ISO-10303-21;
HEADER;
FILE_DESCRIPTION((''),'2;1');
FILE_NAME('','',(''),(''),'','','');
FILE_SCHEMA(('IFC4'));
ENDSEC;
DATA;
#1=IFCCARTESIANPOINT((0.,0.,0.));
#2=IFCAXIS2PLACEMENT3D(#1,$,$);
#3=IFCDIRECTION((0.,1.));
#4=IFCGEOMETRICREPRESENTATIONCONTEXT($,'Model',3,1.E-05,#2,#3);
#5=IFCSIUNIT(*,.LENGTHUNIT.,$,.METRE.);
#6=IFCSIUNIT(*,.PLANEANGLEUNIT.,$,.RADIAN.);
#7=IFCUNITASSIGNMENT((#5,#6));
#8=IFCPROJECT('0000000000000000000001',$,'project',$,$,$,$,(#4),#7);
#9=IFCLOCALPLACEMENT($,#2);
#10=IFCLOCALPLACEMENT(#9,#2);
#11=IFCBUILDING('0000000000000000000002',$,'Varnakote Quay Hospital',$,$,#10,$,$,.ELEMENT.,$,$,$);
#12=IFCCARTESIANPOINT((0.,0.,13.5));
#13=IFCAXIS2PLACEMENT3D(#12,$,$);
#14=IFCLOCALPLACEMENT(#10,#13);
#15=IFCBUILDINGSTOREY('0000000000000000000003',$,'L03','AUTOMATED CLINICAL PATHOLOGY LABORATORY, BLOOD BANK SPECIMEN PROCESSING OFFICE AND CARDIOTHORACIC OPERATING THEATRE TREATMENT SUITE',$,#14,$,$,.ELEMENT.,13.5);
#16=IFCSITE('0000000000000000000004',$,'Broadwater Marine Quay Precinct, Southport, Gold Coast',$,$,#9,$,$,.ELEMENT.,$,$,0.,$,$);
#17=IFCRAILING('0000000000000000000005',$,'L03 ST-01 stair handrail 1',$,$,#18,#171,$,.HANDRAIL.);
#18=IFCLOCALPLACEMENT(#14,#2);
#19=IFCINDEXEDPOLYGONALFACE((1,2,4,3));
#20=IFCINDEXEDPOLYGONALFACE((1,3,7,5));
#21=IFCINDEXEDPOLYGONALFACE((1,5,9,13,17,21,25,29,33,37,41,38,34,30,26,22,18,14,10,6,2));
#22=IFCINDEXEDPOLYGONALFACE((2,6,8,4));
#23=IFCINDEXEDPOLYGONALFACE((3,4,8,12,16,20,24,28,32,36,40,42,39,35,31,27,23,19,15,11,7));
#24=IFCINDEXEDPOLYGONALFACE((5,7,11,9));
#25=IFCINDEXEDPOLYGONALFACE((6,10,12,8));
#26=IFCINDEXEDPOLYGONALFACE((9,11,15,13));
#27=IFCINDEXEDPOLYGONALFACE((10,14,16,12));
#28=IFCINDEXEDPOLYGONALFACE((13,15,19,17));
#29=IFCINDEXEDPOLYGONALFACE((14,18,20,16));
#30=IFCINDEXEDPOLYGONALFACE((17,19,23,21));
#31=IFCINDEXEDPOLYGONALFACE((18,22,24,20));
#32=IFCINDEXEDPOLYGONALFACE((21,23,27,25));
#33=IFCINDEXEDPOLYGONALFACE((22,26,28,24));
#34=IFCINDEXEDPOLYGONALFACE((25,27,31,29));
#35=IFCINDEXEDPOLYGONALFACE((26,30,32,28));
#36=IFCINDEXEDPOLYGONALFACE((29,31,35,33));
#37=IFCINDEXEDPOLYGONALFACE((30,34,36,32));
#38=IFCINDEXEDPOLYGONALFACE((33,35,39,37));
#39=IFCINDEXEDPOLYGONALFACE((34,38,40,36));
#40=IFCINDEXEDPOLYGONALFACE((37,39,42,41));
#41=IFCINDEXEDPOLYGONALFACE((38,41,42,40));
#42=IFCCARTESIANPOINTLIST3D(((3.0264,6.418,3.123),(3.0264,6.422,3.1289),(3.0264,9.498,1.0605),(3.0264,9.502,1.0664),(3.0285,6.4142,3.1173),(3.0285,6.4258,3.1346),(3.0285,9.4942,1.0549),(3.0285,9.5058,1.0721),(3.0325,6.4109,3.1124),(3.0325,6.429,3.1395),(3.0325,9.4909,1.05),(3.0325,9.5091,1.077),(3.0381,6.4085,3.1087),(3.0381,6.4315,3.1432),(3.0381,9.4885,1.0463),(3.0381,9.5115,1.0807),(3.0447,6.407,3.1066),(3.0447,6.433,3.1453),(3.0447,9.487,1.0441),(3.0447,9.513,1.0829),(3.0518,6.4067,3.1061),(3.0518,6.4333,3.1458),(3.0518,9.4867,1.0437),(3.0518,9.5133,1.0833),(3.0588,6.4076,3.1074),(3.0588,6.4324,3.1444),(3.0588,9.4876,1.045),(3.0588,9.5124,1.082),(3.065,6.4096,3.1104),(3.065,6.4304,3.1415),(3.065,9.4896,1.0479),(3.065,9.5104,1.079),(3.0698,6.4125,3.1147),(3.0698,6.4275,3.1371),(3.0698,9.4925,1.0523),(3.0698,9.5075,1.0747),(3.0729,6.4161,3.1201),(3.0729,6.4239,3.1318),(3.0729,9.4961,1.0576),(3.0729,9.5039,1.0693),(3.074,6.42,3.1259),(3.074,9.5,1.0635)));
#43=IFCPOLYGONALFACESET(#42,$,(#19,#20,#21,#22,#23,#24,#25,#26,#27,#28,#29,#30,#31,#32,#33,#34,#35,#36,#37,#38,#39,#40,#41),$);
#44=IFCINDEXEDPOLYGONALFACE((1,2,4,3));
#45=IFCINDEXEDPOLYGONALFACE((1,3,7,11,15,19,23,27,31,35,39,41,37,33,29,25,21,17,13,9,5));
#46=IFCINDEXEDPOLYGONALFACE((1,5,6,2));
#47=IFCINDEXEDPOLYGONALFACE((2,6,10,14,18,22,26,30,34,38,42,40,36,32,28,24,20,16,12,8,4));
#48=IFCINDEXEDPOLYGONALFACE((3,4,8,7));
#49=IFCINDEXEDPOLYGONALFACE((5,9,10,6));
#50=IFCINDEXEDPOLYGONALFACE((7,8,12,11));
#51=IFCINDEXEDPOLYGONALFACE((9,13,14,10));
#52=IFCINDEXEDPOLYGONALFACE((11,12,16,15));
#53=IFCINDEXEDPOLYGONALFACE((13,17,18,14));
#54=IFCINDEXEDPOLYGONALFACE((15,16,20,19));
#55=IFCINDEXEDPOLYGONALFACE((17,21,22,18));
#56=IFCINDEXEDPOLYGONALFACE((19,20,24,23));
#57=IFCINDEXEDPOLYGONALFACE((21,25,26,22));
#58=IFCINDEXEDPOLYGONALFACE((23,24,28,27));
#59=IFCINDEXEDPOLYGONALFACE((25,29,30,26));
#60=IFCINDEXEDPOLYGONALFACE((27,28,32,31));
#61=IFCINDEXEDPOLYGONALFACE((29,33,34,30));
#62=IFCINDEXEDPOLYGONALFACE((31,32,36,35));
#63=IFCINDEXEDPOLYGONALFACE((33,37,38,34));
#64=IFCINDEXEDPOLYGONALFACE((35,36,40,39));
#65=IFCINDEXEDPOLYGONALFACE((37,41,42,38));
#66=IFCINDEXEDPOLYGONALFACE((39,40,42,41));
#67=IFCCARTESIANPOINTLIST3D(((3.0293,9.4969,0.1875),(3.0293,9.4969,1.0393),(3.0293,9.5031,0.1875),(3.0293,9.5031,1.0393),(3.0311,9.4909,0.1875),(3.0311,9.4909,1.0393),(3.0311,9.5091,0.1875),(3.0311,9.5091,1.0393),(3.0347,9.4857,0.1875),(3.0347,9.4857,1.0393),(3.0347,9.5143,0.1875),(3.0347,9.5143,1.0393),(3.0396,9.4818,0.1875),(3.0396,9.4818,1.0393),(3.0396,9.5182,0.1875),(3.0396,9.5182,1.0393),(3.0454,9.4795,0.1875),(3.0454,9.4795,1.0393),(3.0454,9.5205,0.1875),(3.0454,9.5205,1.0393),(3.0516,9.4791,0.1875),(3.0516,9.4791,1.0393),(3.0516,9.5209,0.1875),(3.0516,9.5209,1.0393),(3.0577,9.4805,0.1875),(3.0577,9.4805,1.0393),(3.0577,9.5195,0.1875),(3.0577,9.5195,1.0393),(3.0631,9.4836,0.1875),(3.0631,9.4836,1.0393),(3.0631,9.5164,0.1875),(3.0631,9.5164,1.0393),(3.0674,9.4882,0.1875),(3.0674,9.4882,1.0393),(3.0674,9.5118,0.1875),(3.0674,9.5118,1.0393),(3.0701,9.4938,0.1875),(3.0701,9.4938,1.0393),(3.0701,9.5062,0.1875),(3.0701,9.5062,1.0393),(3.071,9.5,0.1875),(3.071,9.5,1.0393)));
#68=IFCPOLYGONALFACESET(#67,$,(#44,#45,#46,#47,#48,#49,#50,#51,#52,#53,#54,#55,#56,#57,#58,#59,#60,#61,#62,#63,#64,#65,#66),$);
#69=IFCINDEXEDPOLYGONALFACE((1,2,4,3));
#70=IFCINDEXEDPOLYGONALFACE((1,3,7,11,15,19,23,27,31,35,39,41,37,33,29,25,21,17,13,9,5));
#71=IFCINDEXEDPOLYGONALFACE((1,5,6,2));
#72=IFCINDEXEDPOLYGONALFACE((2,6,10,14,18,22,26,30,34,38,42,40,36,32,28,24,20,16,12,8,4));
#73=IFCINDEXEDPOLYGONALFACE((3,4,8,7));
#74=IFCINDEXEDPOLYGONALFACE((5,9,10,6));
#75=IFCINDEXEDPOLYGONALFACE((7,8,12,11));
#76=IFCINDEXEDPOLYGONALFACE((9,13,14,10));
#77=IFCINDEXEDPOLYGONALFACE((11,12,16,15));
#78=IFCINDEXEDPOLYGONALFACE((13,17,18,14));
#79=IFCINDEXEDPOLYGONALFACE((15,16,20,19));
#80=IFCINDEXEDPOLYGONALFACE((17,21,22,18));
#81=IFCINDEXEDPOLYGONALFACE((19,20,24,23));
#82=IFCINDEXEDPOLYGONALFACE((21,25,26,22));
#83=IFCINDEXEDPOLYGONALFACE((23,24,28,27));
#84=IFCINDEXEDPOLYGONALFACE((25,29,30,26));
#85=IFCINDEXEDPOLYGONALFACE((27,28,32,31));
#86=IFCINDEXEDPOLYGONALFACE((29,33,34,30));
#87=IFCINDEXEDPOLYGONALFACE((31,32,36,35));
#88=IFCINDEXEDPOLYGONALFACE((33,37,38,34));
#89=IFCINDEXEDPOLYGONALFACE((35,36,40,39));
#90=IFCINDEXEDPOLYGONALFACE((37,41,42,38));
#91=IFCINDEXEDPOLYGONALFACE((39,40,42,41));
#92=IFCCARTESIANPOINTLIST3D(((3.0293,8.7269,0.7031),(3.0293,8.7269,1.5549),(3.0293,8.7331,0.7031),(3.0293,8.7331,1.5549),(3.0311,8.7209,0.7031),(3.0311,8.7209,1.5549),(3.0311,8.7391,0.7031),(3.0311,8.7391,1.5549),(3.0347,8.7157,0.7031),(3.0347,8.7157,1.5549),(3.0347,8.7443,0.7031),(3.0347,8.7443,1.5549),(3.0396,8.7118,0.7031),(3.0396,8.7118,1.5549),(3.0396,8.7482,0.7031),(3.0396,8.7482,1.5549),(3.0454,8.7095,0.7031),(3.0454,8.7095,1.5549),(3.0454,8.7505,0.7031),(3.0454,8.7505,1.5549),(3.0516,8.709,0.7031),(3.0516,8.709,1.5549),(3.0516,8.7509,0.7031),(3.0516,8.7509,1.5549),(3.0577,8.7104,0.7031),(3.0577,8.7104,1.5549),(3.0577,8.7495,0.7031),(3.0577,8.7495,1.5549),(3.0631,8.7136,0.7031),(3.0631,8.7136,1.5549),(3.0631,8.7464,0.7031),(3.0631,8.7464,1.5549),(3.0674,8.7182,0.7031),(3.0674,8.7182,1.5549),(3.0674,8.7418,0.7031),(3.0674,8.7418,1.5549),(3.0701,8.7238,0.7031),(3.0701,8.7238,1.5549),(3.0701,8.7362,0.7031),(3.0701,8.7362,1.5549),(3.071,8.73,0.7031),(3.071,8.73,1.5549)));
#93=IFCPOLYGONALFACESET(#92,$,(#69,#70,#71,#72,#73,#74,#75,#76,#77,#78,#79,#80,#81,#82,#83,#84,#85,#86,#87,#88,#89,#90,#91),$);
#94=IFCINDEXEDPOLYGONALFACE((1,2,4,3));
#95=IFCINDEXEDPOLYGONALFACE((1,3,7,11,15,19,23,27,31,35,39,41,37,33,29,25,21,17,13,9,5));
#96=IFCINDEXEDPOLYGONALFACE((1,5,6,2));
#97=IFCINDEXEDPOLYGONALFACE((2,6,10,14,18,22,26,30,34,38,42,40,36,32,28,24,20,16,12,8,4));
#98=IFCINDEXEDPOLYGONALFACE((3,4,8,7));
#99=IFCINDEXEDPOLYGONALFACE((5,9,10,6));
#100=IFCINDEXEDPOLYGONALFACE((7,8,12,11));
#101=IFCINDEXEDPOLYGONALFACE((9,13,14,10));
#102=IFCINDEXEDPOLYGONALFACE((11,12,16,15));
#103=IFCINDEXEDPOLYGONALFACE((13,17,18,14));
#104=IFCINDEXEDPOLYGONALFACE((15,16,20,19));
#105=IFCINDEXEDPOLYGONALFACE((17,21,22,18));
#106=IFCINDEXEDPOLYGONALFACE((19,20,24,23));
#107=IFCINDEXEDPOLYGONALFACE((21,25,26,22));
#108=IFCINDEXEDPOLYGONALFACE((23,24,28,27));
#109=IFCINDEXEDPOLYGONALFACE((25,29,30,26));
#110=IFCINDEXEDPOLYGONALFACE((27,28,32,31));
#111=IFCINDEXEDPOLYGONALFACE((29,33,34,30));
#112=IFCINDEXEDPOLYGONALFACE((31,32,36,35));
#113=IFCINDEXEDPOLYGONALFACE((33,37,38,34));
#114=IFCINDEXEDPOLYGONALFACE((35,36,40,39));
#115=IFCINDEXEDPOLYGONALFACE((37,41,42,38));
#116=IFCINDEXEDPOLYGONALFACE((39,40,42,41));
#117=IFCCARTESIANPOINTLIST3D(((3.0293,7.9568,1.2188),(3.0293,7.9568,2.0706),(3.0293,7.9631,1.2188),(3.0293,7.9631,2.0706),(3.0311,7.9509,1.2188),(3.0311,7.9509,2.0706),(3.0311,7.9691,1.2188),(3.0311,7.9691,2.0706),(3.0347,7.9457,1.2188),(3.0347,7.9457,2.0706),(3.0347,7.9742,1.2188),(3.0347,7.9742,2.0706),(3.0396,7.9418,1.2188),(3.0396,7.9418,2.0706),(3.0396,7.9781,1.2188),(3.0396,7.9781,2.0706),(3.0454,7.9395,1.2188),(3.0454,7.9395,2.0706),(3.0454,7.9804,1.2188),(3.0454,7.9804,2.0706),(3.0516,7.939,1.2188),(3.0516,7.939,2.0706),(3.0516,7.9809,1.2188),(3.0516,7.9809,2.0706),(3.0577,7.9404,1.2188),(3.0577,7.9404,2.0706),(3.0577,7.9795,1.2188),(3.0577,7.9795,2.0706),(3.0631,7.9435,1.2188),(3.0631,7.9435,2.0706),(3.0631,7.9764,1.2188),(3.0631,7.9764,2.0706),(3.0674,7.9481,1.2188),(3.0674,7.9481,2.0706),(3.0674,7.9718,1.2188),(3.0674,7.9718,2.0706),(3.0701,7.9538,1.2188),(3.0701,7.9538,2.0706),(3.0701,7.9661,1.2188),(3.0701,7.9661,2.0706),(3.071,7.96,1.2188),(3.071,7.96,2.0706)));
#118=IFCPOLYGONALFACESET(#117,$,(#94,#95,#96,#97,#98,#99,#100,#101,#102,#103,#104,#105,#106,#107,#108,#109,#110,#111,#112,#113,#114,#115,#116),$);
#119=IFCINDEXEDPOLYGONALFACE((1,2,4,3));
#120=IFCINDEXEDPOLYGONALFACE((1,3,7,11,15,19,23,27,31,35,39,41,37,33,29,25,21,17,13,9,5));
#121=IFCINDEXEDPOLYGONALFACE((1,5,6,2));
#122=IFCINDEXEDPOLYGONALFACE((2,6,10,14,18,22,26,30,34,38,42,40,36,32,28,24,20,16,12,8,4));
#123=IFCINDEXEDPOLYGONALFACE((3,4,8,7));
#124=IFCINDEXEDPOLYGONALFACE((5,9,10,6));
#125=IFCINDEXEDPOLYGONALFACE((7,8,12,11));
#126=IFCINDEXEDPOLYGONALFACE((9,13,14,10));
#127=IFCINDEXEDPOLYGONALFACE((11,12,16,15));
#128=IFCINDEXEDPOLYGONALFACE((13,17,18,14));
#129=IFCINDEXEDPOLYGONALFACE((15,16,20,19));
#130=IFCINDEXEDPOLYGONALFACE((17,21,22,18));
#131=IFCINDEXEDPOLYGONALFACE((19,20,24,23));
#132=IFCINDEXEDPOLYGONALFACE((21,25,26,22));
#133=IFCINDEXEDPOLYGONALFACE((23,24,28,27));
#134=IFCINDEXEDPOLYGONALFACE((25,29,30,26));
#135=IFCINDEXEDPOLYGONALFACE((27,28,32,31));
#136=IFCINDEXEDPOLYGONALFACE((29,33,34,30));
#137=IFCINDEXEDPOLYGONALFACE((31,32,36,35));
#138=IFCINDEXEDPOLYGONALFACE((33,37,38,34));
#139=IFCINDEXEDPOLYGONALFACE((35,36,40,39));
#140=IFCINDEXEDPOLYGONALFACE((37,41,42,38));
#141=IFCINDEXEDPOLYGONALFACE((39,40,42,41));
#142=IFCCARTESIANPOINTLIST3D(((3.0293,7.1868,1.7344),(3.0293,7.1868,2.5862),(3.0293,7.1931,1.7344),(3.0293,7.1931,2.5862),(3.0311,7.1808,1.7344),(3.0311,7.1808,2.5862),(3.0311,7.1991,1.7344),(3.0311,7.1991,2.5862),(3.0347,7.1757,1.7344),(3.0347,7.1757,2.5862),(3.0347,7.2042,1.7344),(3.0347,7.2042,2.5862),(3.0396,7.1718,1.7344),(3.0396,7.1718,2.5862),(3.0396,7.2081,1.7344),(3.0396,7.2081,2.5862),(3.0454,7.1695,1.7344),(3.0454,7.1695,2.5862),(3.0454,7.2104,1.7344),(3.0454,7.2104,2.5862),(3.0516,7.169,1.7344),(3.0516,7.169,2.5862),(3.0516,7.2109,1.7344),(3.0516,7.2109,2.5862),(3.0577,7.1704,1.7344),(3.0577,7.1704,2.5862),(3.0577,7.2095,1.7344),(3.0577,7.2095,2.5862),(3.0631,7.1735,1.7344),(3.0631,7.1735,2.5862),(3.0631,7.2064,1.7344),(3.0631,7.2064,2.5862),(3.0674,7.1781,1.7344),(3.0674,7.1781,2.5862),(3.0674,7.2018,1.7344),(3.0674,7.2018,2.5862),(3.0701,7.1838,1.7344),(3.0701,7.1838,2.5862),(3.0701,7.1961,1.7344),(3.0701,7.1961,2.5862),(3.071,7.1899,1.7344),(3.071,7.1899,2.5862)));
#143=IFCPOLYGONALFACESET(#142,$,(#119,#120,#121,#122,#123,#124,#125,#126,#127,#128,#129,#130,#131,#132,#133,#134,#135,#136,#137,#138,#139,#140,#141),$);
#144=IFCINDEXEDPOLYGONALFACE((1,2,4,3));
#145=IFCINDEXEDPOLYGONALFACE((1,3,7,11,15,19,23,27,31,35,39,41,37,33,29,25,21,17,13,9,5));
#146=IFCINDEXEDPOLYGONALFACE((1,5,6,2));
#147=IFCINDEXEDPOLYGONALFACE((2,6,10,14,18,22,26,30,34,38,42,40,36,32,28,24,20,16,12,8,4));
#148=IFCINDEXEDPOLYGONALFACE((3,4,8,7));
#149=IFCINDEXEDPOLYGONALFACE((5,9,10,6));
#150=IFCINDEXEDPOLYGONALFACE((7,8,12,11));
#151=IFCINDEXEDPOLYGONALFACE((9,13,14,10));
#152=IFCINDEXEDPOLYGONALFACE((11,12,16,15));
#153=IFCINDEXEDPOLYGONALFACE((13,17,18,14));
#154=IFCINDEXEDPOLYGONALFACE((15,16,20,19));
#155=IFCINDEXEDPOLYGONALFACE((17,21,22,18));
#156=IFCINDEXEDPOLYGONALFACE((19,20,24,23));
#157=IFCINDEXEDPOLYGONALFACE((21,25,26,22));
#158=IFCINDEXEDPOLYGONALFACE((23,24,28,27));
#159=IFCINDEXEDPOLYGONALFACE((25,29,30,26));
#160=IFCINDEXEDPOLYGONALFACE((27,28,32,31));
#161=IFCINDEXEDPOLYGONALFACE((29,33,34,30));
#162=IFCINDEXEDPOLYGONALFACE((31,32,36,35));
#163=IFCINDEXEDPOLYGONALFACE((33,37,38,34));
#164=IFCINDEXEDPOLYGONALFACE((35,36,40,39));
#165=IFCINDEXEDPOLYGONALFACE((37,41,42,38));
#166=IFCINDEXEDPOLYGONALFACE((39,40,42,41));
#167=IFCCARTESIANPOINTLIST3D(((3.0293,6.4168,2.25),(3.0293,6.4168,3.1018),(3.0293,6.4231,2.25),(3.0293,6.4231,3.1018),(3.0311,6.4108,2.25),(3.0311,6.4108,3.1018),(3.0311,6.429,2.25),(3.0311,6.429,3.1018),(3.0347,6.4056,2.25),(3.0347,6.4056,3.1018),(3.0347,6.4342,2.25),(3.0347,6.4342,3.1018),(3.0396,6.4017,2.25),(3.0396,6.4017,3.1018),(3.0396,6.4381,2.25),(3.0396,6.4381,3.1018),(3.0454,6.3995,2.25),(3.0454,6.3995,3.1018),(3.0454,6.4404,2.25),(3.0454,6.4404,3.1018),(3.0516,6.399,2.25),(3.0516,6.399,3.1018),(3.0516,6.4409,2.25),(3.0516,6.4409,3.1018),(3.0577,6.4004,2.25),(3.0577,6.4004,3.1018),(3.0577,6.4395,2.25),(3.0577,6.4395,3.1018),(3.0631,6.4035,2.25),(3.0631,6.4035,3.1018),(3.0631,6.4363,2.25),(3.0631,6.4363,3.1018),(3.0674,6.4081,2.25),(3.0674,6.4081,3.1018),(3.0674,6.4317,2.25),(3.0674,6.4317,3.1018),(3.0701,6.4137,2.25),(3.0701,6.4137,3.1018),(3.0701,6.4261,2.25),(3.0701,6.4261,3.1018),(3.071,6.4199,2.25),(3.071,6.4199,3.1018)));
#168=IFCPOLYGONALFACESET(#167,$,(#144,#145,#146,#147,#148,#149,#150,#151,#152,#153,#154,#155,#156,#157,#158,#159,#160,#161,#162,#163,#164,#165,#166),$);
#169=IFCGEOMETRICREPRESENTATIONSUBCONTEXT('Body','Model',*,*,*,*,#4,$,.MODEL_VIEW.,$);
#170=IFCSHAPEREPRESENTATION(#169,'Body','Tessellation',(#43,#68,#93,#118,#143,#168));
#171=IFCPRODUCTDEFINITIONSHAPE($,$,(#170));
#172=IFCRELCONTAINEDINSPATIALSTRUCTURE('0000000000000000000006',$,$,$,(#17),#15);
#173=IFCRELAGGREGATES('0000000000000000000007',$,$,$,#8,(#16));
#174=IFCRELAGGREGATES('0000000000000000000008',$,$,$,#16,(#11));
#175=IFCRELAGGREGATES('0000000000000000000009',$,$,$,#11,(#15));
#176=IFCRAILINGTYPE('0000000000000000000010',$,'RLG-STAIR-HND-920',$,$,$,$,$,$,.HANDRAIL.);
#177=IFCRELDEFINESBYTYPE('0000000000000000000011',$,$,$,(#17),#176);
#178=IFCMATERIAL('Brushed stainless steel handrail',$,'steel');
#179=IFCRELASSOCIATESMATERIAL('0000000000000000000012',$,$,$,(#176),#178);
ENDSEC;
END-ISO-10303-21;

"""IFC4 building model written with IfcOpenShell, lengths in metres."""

from ifc_helpers import new_model, si_unit, direction, frame, origin, origin_2d, place, context, subcontext, project, spatial, circle, extrude, material, type_object, element, save


model = new_model("IFC4")

# Units and contexts
model_context = context("Model", 3, precision=1e-05, world=origin(), true_north=direction((0.0, 1.0)))
body_context = subcontext(model_context, "Body", "Model", "MODEL_VIEW")
ifc_project = project(units=[si_unit("LENGTHUNIT", "METRE"), si_unit("PLANEANGLEUNIT", "RADIAN")], contexts=[model_context])

# Site, building, storey
site_placement = place(None, origin())
site = spatial("IfcSite", under=ifc_project, at=site_placement, Name="Broadwater Marine Quay Precinct, Southport, Gold Coast", CompositionType="ELEMENT", RefElevation=0.0)
building_placement = place(site_placement, origin())
building = spatial("IfcBuilding", under=site, at=building_placement, Name="Varnakote Quay Hospital", CompositionType="ELEMENT")
storey_placement = place(building_placement, frame((0.0, 0.0, 13.5)))
storey = spatial("IfcBuildingStorey", under=building, at=storey_placement, Name="L03", Description="AUTOMATED CLINICAL PATHOLOGY LABORATORY, BLOOD BANK SPECIMEN PROCESSING OFFICE AND CARDIOTHORACIC OPERATING THEATRE TREATMENT SUITE", CompositionType="ELEMENT", Elevation=13.5)

# Railing
ifc_material_1 = material(Name="Brushed stainless steel handrail", Category="steel")
railing_type_1 = type_object("IfcRailingType", Name="RLG-STAIR-HND-920", PredefinedType="HANDRAIL", material=ifc_material_1)
railing_1_placement = place(storey_placement, frame((3.05, 9.5, 0.1875)))
element("IfcRailing", 1, at=railing_1_placement, inside=storey, type_object=railing_type_1, Name="L03 ST-01 stair handrail 1", PredefinedType="HANDRAIL", context=body_context, shape_type="SweptSolid", body=[
    extrude(circle(Radius=0.0239, at=origin_2d()), frame((0.0, 0.0, 0.876), z_axis=(0.0, -0.830914, 0.556401), x_axis=(1.0, 0.0, 0.0)), (0.0, 0.0, 1.0), 3.7068),
    extrude(circle(Radius=0.021, at=origin_2d()), origin(), (0.0, 0.0, 1.0), 0.8518),
    extrude(circle(Radius=0.021, at=origin_2d()), frame((0.0, -0.77, 0.5156)), (0.0, 0.0, 1.0), 0.8518),
    extrude(circle(Radius=0.021, at=origin_2d()), frame((0.0, -1.54, 1.0312)), (0.0, 0.0, 1.0), 0.8518),
    extrude(circle(Radius=0.021, at=origin_2d()), frame((0.0, -2.3101, 1.5469)), (0.0, 0.0, 1.0), 0.8518),
    extrude(circle(Radius=0.021, at=origin_2d()), frame((0.0, -3.0801, 2.0625)), (0.0, 0.0, 1.0), 0.8518),
])

save(model, "model.ifc")
